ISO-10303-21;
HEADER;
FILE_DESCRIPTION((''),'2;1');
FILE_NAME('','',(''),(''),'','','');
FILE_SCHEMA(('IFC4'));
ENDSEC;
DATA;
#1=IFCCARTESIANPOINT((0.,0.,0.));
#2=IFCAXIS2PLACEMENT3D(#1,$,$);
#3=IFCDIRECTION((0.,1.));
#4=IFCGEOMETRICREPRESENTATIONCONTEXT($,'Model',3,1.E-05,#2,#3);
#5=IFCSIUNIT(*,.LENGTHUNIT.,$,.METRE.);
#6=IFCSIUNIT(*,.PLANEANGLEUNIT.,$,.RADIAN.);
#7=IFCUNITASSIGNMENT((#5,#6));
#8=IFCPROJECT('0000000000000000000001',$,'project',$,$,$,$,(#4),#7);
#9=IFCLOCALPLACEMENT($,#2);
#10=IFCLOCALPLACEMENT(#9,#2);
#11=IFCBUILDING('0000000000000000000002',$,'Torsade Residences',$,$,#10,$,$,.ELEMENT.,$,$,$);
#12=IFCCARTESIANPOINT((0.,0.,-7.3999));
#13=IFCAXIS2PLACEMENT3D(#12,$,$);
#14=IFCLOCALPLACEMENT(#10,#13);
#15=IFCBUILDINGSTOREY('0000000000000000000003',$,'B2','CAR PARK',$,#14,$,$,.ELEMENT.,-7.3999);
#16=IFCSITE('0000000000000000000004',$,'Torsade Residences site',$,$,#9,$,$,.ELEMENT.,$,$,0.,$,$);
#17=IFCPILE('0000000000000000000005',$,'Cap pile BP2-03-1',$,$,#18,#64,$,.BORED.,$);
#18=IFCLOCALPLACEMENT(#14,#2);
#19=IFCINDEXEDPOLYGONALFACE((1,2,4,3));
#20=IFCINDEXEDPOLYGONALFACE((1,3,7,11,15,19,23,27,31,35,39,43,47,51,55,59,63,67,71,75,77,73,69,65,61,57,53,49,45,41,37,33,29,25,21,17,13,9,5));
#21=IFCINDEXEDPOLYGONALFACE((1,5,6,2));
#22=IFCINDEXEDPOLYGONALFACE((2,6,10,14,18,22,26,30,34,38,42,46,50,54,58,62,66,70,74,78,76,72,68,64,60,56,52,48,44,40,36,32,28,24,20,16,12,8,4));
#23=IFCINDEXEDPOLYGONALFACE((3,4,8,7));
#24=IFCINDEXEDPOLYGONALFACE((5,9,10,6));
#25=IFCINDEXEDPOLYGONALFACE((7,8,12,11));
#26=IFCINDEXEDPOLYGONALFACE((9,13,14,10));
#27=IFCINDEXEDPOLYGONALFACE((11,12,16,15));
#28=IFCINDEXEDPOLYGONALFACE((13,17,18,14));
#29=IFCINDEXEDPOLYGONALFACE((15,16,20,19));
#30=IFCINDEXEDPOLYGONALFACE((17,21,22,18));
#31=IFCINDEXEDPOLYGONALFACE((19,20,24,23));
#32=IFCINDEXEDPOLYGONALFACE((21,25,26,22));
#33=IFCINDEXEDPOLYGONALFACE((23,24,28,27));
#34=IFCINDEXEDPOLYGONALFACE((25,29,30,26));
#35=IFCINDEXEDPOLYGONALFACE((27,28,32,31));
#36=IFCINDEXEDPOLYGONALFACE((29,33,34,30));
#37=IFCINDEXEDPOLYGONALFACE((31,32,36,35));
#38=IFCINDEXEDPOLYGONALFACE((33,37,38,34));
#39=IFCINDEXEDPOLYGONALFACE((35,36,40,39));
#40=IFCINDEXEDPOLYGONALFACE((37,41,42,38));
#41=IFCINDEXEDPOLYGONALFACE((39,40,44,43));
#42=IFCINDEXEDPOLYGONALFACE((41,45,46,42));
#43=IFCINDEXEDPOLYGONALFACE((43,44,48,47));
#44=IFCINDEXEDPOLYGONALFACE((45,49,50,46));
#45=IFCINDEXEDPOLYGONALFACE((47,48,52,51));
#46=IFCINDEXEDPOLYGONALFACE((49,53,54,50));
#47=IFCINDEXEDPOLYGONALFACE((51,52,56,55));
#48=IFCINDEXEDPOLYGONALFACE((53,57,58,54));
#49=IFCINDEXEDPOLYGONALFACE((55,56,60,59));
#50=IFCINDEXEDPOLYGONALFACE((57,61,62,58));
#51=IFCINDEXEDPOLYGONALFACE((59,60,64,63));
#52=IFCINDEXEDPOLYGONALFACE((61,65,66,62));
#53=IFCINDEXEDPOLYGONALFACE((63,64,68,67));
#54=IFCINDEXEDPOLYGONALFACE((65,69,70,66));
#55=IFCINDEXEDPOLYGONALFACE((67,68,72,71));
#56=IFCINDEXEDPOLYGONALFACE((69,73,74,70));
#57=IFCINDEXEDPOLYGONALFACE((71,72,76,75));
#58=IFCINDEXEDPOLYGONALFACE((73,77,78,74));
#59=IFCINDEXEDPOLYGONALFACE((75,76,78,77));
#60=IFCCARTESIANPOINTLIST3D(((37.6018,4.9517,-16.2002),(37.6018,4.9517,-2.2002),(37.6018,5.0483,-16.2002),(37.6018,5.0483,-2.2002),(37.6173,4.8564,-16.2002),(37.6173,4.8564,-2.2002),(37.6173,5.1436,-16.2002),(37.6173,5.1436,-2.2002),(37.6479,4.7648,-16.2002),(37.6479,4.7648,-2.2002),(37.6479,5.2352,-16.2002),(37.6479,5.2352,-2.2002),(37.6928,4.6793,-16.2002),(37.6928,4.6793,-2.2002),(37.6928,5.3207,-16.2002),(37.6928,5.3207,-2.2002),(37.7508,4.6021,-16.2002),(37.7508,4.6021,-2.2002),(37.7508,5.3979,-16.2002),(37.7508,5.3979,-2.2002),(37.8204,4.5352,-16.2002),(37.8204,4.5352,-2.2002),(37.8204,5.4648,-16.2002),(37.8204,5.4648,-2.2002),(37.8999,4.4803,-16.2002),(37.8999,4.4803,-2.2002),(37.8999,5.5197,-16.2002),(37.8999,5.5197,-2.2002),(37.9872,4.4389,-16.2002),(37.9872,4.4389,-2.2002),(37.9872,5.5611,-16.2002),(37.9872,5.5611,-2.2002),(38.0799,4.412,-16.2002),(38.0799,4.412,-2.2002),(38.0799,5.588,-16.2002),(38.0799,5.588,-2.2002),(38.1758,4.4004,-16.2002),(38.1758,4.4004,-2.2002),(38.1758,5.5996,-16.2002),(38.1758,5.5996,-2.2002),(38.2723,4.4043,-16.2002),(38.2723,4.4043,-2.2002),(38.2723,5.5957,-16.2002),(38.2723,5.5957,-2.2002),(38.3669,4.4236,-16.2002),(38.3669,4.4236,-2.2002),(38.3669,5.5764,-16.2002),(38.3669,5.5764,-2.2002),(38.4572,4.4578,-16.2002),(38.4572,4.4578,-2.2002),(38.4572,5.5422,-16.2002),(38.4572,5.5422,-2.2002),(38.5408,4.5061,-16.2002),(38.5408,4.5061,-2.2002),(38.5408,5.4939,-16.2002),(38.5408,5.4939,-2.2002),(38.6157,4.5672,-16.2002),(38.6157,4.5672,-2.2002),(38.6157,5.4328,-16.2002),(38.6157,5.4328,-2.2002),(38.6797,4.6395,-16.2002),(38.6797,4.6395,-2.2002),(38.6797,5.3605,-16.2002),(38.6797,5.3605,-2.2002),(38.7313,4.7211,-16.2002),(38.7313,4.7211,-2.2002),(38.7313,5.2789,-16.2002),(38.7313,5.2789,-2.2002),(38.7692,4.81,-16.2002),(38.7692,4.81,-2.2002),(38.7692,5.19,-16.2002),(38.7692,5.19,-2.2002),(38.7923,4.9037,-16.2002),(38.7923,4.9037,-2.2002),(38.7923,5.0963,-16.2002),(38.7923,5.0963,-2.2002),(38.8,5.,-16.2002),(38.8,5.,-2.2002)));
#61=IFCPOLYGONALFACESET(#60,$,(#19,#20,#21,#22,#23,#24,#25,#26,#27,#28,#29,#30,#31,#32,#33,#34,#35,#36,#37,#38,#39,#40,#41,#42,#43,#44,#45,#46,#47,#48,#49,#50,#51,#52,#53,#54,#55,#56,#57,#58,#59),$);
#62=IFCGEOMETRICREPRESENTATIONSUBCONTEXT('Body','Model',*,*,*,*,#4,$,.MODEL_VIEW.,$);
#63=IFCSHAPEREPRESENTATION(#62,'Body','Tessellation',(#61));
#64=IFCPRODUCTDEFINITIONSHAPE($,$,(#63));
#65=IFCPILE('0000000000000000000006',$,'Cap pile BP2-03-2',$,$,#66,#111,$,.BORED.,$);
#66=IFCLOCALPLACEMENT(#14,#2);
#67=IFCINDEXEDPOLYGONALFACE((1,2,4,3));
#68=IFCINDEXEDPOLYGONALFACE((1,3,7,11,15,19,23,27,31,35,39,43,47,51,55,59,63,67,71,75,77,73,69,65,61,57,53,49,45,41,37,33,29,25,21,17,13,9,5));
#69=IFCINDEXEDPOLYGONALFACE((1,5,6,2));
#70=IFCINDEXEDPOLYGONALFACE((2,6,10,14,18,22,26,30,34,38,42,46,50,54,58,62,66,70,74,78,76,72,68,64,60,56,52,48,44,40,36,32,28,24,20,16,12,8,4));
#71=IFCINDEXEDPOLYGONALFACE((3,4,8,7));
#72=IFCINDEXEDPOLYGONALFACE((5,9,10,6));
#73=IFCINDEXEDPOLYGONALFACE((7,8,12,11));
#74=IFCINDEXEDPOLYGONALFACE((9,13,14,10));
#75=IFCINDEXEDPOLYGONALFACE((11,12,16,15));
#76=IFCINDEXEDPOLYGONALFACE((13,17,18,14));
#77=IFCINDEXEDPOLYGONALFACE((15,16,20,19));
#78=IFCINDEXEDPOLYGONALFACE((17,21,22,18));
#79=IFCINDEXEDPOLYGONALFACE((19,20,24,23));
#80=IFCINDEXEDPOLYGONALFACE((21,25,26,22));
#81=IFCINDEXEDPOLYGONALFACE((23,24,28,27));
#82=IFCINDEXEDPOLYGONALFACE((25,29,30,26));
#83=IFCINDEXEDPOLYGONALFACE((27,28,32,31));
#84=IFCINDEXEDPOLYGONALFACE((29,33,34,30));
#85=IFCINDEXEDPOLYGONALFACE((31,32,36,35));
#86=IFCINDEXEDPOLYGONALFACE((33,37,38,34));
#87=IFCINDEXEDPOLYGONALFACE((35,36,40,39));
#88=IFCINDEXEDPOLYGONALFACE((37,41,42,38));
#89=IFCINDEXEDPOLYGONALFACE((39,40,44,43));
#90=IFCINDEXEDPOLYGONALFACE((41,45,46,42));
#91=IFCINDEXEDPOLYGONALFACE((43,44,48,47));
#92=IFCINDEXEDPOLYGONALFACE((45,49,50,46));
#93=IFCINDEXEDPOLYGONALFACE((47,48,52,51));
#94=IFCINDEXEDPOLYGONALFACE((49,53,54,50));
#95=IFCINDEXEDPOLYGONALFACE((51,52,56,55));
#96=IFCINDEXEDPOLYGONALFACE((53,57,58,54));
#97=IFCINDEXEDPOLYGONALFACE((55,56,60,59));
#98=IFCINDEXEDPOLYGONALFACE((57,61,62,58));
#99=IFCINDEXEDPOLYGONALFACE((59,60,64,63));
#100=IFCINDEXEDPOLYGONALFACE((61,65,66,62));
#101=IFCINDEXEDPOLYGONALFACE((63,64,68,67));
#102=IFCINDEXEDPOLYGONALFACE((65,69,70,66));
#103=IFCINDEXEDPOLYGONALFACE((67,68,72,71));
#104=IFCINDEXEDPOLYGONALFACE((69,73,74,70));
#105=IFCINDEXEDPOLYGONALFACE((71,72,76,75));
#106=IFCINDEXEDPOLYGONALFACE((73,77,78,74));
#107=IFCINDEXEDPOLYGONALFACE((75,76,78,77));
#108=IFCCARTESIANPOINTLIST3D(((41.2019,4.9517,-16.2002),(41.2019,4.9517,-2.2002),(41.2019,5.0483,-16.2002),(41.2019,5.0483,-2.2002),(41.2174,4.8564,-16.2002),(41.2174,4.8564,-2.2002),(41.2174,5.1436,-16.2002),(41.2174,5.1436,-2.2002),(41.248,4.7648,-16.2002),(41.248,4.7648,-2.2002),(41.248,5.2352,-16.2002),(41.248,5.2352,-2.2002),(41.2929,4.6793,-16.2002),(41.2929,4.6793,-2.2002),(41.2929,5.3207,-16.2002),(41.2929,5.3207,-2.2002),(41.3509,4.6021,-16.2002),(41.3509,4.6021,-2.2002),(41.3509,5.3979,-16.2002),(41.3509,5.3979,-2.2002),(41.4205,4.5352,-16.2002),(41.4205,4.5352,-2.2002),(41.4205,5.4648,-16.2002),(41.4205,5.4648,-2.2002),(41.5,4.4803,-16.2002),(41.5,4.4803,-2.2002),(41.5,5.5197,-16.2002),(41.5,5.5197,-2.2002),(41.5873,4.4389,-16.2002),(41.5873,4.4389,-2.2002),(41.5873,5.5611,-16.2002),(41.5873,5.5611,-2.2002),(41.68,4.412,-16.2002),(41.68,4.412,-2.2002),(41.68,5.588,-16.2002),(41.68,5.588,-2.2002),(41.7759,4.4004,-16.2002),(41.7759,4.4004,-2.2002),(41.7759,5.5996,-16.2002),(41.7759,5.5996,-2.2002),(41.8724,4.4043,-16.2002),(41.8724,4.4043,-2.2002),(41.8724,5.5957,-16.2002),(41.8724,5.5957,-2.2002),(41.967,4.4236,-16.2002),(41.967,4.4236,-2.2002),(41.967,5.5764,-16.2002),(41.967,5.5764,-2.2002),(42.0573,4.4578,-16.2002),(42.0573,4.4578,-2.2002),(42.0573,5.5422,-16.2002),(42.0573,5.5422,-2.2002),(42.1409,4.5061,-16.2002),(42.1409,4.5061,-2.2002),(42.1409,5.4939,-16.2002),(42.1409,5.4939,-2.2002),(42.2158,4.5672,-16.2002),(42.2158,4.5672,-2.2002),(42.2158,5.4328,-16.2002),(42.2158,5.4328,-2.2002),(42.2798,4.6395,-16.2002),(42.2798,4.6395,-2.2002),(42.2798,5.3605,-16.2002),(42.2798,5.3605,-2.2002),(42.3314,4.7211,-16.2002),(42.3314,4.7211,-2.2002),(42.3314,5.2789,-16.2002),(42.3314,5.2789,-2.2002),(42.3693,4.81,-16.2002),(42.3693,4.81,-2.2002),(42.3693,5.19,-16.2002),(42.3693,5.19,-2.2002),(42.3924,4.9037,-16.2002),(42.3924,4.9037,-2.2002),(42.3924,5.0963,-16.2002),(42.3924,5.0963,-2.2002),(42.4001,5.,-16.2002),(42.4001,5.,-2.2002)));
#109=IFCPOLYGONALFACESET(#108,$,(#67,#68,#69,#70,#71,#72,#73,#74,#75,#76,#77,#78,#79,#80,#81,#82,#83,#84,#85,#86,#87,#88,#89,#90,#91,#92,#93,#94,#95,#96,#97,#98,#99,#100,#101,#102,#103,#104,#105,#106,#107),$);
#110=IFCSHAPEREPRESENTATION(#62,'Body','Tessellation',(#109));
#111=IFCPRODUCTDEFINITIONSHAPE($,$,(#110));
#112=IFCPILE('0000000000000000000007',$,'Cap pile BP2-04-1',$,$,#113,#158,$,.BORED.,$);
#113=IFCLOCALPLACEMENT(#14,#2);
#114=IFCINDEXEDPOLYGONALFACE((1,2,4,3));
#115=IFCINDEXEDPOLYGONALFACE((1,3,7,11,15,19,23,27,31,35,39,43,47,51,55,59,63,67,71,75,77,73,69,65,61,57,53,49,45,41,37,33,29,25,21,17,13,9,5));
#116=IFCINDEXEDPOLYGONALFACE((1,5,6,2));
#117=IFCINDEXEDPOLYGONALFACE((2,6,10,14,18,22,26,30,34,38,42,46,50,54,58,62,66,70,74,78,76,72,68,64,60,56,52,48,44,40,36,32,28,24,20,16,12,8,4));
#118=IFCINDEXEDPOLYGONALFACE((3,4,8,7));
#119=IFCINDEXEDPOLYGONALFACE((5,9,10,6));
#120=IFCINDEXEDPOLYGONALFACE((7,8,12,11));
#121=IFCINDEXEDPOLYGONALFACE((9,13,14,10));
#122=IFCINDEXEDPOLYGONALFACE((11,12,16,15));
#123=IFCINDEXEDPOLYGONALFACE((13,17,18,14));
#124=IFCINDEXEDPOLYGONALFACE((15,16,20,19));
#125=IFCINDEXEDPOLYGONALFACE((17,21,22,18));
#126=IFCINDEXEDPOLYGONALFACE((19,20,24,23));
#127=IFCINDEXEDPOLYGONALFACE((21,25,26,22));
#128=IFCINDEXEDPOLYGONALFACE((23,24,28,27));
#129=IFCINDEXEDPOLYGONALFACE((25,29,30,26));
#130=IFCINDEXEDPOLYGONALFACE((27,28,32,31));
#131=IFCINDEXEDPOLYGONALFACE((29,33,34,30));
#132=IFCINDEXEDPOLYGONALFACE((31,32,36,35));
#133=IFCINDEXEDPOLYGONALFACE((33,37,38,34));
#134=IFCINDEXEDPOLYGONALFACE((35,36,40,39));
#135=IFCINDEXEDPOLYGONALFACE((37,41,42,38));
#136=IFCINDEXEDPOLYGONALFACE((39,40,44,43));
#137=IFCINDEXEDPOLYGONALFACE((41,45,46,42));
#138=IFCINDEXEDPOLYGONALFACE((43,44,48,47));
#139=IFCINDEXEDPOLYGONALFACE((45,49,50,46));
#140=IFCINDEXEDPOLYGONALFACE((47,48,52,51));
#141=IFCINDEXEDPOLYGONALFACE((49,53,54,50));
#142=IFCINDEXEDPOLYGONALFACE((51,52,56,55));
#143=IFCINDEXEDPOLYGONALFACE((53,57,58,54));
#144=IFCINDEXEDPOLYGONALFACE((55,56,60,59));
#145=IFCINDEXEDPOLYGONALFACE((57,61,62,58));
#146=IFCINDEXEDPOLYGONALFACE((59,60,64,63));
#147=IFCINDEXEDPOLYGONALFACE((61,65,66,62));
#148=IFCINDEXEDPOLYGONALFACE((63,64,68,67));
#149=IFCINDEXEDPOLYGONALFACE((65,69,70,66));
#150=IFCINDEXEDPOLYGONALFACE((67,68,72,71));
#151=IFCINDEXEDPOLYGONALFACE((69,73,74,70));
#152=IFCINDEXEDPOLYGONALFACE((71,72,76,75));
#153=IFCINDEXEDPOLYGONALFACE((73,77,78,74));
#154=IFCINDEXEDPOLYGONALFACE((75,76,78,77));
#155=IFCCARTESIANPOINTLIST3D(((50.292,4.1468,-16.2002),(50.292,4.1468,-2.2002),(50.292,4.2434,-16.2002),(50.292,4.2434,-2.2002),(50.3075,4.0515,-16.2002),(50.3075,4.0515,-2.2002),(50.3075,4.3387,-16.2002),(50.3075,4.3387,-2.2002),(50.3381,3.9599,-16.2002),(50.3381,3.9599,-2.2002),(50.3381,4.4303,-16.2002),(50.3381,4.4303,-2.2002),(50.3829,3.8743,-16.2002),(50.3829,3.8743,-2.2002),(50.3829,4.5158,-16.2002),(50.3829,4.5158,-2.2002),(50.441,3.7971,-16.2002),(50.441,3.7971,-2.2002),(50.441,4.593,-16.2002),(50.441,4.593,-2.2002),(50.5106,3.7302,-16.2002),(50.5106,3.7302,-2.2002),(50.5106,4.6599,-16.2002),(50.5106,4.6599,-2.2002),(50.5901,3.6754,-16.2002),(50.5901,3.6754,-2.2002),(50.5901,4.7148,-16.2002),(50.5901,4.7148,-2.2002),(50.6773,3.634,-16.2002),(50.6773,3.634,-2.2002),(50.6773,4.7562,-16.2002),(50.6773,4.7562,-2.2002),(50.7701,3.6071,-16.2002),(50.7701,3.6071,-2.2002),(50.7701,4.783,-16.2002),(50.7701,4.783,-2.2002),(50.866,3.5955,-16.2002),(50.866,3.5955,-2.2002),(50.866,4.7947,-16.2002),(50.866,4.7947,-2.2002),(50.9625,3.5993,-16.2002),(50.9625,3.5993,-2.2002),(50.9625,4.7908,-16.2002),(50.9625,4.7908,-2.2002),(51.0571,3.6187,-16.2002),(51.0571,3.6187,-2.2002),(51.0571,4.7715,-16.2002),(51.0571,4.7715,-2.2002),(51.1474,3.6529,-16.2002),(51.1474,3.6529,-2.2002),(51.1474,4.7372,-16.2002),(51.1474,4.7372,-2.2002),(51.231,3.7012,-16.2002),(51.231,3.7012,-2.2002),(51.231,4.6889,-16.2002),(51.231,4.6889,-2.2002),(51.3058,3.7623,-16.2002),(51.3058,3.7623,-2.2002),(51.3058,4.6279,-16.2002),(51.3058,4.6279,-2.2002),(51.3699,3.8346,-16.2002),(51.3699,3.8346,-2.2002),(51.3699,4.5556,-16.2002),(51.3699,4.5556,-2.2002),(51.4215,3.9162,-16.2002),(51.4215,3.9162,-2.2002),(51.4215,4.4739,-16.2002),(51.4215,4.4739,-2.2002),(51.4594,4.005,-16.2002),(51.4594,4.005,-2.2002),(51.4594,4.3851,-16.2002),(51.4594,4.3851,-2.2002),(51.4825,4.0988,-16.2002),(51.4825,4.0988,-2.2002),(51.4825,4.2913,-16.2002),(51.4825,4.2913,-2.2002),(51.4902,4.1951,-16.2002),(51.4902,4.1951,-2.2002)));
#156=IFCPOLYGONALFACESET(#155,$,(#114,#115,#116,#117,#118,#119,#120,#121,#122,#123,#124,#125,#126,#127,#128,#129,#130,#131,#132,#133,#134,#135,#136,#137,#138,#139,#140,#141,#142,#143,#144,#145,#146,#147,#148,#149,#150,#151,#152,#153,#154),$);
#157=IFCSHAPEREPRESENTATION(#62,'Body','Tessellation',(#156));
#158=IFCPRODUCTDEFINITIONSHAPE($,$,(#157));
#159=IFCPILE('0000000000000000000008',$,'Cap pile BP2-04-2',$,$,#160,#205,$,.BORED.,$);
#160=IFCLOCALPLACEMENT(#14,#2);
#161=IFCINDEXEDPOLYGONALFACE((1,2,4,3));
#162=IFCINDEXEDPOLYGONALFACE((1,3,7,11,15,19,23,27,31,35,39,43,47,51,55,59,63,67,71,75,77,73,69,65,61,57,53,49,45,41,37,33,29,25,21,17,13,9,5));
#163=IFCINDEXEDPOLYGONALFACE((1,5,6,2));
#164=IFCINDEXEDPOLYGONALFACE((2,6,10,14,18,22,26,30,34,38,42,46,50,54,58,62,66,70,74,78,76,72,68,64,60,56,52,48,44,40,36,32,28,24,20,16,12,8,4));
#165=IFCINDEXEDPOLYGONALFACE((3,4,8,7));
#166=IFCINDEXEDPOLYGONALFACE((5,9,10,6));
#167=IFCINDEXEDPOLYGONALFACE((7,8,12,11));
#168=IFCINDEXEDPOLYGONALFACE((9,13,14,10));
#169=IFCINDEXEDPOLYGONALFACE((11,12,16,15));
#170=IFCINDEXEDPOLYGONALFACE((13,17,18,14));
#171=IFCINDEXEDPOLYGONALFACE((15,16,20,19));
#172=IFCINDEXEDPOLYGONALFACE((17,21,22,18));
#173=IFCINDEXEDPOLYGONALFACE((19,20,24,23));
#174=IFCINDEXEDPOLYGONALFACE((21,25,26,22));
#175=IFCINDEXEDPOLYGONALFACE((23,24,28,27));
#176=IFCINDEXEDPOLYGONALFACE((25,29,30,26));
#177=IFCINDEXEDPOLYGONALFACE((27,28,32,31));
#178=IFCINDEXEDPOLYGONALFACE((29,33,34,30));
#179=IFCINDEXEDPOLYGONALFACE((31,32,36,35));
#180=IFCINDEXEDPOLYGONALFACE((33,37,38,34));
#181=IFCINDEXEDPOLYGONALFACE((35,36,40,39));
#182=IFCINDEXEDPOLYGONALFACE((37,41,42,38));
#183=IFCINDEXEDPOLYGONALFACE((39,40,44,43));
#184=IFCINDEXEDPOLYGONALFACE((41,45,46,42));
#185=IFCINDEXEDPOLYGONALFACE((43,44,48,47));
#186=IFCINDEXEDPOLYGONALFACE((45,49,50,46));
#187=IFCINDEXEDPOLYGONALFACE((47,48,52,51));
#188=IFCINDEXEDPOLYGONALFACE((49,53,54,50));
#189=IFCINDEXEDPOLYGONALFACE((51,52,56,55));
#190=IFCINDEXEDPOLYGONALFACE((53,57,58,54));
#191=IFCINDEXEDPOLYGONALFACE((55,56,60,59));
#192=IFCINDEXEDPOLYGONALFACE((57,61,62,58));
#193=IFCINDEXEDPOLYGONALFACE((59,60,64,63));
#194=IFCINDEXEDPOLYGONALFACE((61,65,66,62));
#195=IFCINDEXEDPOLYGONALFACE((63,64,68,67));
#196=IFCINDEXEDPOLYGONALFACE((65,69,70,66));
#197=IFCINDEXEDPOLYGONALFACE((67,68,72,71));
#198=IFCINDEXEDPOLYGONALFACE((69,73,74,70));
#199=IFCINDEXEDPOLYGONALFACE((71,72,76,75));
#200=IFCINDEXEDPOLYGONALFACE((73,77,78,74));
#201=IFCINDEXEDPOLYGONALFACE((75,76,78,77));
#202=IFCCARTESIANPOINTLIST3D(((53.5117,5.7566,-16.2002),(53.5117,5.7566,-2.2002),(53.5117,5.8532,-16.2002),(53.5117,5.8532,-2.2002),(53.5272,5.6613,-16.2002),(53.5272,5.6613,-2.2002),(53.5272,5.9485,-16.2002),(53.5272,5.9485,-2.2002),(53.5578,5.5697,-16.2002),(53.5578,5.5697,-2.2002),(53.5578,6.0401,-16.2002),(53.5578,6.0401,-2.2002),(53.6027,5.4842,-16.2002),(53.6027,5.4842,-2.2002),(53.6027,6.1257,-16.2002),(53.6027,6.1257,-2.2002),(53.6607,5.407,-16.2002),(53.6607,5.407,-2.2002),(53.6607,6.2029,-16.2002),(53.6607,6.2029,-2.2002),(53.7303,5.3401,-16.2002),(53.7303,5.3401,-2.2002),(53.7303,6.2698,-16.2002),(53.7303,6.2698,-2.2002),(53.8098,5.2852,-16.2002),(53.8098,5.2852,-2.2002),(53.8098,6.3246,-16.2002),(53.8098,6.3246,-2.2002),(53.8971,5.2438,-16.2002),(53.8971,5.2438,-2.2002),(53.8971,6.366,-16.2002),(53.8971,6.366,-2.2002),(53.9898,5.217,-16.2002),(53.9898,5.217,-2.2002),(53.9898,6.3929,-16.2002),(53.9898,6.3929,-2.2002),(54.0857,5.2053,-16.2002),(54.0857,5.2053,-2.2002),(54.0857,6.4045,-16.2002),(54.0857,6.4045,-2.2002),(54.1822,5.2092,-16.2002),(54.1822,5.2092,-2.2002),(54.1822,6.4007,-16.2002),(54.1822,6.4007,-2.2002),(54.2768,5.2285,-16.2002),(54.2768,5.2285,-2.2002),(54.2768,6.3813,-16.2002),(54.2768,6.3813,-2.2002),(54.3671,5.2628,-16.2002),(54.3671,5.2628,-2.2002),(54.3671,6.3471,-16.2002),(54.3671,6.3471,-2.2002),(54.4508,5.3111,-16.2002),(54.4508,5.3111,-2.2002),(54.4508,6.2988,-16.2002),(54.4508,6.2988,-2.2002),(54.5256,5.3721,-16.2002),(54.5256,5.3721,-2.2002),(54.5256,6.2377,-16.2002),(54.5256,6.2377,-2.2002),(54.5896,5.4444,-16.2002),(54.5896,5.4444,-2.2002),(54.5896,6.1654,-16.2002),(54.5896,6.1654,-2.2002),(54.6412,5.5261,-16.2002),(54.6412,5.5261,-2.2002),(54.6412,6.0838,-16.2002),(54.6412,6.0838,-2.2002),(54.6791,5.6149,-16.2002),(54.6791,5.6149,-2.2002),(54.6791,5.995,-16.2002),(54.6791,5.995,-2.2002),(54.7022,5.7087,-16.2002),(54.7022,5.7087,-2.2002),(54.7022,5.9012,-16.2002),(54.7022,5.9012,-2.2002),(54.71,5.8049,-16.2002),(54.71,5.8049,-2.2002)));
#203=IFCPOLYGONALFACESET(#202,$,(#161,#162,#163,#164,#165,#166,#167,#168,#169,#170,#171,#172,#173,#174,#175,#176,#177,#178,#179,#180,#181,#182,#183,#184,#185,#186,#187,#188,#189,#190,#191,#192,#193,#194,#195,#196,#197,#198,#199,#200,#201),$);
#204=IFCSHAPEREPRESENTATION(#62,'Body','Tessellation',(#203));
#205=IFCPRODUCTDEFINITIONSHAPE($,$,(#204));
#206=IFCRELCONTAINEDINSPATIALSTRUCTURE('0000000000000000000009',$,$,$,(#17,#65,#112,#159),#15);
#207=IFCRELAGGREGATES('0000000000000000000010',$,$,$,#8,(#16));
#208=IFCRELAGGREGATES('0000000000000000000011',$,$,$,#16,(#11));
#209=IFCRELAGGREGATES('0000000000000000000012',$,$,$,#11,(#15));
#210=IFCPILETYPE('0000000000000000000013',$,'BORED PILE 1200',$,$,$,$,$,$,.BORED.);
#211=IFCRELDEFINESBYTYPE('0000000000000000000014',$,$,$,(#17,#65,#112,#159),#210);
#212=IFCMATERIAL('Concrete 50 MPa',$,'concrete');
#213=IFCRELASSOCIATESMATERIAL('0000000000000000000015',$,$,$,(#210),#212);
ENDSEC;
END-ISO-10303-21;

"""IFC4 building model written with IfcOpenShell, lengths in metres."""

from ifc_helpers import new_model, si_unit, direction, frame, origin, origin_2d, place, context, subcontext, project, spatial, circle, extrude, material, type_object, element, save


model = new_model("IFC4")

# Units and contexts
model_context = context("Model", 3, precision=1e-05, world=origin(), true_north=direction((0.0, 1.0)))
body_context = subcontext(model_context, "Body", "Model", "MODEL_VIEW")
ifc_project = project(units=[si_unit("LENGTHUNIT", "METRE"), si_unit("PLANEANGLEUNIT", "RADIAN")], contexts=[model_context])

# Site, building, storey
site_placement = place(None, origin())
site = spatial("IfcSite", under=ifc_project, at=site_placement, Name="Torsade Residences site", CompositionType="ELEMENT", RefElevation=0.0)
building_placement = place(site_placement, origin())
building = spatial("IfcBuilding", under=site, at=building_placement, Name="Torsade Residences", CompositionType="ELEMENT")
storey_placement = place(building_placement, frame((0.0, 0.0, -7.3999)))
storey = spatial("IfcBuildingStorey", under=building, at=storey_placement, Name="B2", Description="CAR PARK", CompositionType="ELEMENT", Elevation=-7.3999)

# Piles
ifc_material_1 = material(Name="Concrete 50 MPa", Category="concrete")
pile_type_1 = type_object("IfcPileType", Name="BORED PILE 1200", PredefinedType="BORED", material=ifc_material_1)
for number, where, z_axis, x_axis, name in (
    (1, (38.2, 5.0, -2.2002), (0.0, 0.0, -1.0), (1.0, 0.0, 0.0), "Cap pile BP2-03-1"),
    (2, (41.8, 5.0, -2.2002), (0.0, 0.0, -1.0), (1.0, 0.0, 0.0), "Cap pile BP2-03-2"),
    (3, (50.8901, 4.1951, -2.2002), (0.0, 0.0, -1.0), (1.0, 0.0, 0.0), "Cap pile BP2-04-1"),
    (4, (54.1099, 5.8049, -2.2002), (0.0, 0.0, -1.0), (1.0, 0.0, 0.0), "Cap pile BP2-04-2"),
):
    element("IfcPile", number, at=place(storey_placement, frame(where, z_axis=z_axis, x_axis=x_axis)), inside=storey, type_object=pile_type_1, Name=name, PredefinedType="BORED", context=body_context, shape_type="SweptSolid", body=[
        extrude(circle(Radius=0.6001, at=origin_2d()), origin(), (0.0, 0.0, 1.0), 14.0),
    ])

save(model, "model.ifc")
